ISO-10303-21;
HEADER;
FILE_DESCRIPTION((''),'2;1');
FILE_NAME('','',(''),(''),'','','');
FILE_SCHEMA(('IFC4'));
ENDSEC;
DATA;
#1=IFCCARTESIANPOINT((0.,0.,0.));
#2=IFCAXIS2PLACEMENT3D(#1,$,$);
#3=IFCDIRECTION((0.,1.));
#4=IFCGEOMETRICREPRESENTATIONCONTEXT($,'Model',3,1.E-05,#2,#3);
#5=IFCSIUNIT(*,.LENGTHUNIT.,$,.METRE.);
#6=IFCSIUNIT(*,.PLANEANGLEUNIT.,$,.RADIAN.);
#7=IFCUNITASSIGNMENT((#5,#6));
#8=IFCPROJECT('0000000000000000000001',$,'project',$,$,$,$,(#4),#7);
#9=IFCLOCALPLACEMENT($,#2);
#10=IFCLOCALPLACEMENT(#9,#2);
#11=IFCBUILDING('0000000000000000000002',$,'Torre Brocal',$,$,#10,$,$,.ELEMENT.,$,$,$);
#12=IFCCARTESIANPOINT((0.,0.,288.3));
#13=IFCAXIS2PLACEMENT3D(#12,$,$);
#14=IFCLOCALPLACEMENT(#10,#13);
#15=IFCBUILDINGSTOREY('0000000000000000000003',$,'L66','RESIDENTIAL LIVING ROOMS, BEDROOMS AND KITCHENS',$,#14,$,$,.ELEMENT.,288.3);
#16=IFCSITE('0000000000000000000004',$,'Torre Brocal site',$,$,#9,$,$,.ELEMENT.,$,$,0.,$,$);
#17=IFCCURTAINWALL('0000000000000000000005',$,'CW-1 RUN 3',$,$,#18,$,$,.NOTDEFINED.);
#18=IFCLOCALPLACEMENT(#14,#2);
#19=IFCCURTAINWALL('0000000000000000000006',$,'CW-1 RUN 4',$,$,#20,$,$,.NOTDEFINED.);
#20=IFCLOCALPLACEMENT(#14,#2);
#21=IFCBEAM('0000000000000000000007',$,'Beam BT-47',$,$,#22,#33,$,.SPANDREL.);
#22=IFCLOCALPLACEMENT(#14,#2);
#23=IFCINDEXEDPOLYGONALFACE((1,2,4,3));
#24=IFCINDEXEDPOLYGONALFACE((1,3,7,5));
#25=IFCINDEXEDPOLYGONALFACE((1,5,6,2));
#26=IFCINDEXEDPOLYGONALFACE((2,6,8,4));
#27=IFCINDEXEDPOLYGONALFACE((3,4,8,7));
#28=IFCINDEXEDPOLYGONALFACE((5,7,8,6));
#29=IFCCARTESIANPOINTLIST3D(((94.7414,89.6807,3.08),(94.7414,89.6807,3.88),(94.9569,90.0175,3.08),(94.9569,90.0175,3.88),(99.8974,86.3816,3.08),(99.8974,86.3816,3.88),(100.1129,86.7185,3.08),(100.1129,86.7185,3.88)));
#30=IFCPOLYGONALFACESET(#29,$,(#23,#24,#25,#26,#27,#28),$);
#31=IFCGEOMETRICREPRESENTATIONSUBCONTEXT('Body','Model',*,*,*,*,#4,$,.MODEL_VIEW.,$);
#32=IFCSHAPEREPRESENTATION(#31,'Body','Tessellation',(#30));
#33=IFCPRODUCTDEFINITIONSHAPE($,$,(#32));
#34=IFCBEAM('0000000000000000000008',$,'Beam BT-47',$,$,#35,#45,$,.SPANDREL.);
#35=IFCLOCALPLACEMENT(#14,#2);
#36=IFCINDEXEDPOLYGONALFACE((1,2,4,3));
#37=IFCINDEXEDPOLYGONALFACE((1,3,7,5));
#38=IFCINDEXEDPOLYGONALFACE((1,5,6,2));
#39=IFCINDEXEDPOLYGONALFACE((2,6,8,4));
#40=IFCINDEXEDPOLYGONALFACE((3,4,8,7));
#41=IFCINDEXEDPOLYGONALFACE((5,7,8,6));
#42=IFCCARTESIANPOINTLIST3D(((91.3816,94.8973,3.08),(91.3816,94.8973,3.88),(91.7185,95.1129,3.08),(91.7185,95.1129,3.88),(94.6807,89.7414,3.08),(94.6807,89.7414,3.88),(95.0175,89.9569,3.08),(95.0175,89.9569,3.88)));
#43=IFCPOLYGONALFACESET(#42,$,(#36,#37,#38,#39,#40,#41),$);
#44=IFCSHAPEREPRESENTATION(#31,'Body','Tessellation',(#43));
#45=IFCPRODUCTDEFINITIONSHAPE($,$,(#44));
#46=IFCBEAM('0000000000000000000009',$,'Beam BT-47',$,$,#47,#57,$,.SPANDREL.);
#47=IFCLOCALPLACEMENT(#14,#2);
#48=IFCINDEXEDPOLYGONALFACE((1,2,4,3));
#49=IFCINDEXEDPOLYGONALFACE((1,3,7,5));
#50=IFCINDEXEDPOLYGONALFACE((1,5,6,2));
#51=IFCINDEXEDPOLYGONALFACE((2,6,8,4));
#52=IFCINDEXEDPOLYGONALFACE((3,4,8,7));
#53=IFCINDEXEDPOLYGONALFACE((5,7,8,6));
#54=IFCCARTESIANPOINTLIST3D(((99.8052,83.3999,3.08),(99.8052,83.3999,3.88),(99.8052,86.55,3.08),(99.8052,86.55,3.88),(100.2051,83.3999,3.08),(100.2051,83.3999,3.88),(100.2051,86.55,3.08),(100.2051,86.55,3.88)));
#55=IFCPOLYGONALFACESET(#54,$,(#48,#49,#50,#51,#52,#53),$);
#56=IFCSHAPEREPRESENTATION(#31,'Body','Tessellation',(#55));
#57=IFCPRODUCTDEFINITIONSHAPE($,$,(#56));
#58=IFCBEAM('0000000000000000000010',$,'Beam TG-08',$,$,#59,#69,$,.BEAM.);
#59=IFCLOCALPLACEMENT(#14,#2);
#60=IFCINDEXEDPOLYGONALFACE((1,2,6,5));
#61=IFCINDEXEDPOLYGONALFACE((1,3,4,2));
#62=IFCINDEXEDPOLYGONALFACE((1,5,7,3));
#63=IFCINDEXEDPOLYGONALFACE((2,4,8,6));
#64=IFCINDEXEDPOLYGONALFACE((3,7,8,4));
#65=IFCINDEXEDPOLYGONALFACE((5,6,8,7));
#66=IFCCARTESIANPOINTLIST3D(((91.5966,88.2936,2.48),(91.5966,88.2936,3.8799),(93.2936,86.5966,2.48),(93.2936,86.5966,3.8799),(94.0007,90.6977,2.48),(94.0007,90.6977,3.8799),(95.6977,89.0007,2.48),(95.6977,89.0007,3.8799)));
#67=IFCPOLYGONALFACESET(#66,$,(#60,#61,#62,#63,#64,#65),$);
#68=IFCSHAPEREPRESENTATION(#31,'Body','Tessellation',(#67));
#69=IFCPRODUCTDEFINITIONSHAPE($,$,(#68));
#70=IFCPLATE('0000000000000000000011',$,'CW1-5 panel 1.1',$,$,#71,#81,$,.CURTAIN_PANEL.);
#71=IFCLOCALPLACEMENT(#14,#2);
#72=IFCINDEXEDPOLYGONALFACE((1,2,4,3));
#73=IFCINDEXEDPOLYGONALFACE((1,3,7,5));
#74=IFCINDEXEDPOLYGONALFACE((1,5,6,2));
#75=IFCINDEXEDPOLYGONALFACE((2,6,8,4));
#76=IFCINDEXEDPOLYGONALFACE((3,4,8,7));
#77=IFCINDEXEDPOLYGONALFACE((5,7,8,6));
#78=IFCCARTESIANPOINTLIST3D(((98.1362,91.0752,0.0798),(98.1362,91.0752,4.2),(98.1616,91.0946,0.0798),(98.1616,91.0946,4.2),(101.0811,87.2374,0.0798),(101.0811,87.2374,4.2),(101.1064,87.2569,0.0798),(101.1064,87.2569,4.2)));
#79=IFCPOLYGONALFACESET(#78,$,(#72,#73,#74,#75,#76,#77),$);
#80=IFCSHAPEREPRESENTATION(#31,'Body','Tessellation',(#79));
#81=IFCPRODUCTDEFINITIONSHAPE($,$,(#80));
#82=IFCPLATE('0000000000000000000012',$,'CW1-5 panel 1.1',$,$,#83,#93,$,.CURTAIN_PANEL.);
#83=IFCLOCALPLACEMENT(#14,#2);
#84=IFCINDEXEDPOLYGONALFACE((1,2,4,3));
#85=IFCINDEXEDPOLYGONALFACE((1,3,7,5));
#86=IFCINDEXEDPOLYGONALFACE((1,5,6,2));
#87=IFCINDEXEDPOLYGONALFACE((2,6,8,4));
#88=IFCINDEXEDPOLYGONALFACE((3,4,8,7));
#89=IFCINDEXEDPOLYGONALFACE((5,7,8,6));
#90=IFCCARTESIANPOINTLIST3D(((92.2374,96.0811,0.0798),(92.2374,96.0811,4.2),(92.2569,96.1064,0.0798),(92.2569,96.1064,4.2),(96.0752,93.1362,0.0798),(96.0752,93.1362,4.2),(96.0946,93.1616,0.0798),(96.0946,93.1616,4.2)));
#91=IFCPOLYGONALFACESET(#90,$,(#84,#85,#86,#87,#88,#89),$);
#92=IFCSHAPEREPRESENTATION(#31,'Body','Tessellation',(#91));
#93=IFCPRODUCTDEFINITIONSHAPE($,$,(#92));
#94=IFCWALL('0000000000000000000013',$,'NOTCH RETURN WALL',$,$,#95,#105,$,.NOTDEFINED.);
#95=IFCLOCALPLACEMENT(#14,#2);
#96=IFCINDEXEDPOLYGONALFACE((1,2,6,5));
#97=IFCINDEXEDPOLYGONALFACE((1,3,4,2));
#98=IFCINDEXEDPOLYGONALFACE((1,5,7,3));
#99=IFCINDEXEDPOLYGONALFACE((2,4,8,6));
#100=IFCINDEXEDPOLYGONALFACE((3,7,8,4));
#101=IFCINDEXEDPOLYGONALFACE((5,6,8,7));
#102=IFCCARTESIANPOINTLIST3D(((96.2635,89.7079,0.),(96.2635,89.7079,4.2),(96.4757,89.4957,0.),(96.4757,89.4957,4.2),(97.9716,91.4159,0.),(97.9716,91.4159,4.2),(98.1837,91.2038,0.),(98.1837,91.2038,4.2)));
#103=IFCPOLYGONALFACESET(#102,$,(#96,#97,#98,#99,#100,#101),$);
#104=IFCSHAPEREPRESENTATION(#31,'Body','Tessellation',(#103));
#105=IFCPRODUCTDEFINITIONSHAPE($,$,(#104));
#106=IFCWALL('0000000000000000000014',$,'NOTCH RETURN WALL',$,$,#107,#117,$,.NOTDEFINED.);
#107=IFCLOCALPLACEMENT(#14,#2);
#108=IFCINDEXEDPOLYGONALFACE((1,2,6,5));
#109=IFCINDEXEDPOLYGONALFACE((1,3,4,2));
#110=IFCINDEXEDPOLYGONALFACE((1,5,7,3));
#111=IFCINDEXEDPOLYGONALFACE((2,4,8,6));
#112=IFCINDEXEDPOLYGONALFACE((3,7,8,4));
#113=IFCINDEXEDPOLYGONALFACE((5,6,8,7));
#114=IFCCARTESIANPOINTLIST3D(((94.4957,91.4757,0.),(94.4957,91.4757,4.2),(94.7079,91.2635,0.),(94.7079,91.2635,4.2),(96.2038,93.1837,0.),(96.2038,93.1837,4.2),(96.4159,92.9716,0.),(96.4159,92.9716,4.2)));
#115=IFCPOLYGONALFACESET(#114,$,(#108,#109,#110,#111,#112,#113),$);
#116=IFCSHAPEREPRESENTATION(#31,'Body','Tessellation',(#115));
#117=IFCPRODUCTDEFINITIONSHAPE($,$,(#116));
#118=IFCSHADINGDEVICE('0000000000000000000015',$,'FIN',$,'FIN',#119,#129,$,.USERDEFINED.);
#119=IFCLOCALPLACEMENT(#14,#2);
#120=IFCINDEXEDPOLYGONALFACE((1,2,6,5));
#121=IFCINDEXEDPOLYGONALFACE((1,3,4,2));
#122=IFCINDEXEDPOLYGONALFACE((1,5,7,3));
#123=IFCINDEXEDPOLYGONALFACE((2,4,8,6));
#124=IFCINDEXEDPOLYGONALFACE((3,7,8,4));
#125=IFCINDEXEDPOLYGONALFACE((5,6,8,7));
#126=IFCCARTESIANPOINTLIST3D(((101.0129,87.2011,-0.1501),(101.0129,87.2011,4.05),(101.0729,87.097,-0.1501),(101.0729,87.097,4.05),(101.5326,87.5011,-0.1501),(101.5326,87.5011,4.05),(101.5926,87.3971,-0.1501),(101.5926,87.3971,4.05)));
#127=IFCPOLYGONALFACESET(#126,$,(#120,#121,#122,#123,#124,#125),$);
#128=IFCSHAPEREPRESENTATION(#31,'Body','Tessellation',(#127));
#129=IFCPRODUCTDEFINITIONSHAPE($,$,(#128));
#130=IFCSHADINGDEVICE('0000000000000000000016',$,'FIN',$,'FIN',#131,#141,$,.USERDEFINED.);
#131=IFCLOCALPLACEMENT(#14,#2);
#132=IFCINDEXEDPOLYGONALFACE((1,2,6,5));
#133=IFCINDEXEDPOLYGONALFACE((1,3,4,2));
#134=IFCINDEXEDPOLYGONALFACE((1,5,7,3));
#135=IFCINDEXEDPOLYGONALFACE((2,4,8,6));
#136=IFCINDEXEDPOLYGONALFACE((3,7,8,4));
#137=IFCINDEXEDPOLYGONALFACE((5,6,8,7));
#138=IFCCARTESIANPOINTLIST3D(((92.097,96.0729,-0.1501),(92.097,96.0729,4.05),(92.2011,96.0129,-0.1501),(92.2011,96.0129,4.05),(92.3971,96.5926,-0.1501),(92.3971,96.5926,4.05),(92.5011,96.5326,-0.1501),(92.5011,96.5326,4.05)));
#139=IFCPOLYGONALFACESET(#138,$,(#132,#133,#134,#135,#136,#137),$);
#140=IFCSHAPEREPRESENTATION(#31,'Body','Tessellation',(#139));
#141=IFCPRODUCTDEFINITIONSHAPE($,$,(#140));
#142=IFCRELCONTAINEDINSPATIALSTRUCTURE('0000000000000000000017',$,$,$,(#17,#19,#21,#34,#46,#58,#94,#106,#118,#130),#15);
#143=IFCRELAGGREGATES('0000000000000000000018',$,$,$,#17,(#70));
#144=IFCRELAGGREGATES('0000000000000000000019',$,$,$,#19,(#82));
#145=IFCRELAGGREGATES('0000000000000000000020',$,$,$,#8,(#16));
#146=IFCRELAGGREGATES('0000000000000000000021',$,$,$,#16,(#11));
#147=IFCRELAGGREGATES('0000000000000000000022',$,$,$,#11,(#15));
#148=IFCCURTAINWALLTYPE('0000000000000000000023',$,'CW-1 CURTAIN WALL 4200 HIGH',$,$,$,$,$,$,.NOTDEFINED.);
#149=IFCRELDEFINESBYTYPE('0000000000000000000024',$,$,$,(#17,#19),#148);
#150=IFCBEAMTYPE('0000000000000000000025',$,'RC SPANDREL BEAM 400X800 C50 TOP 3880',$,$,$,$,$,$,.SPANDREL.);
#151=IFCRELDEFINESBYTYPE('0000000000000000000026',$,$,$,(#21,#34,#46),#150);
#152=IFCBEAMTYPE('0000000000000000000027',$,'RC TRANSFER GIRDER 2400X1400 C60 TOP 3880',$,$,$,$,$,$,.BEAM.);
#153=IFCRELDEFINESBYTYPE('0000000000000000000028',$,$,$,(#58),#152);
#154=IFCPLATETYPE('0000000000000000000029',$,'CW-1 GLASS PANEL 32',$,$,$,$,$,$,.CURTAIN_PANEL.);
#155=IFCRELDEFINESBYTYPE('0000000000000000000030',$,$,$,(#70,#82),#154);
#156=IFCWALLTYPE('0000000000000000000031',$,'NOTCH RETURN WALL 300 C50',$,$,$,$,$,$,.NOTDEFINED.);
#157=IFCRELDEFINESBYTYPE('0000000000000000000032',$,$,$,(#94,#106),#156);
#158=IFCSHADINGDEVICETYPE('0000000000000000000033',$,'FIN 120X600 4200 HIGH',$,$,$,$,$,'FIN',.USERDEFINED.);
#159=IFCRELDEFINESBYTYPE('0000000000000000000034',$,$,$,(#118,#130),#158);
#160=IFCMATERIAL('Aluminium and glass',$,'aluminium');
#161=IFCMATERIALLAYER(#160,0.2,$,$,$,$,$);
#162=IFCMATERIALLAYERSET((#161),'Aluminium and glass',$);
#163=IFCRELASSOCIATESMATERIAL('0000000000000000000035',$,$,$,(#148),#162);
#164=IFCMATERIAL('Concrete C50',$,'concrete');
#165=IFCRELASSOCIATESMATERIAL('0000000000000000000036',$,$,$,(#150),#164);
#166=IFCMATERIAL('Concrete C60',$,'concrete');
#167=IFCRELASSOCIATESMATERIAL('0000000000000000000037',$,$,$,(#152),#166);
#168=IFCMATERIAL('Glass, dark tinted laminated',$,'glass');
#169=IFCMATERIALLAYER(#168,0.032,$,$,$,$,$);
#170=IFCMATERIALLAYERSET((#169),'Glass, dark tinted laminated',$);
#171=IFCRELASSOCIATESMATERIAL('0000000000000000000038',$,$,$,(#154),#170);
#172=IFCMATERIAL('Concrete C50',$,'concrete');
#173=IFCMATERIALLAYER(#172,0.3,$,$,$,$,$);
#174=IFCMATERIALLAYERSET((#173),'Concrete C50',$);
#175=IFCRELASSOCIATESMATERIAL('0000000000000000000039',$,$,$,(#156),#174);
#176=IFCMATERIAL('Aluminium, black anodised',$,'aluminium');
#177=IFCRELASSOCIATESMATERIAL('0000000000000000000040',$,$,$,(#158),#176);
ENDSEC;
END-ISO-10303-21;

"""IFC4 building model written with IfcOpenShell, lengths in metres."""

from ifc_helpers import new_model, si_unit, direction, frame, frame_2d, origin, origin_2d, place, context, subcontext, project, spatial, rectangle, extrude, material, layer, layer_set, material_profile, profile_set, type_object, element, aggregate, save


model = new_model("IFC4")

# Units and contexts
model_context = context("Model", 3, precision=1e-05, world=origin(), true_north=direction((0.0, 1.0)))
body_context = subcontext(model_context, "Body", "Model", "MODEL_VIEW")
ifc_project = project(units=[si_unit("LENGTHUNIT", "METRE"), si_unit("PLANEANGLEUNIT", "RADIAN")], contexts=[model_context])

# Site, building, storey
site_placement = place(None, origin())
site = spatial("IfcSite", under=ifc_project, at=site_placement, Name="Torre Brocal site", CompositionType="ELEMENT", RefElevation=0.0)
building_placement = place(site_placement, origin())
building = spatial("IfcBuilding", under=site, at=building_placement, Name="Torre Brocal", CompositionType="ELEMENT")
storey_placement = place(building_placement, frame((0.0, 0.0, 288.3)))
storey = spatial("IfcBuildingStorey", under=building, at=storey_placement, Name="L66", Description="RESIDENTIAL LIVING ROOMS, BEDROOMS AND KITCHENS", CompositionType="ELEMENT", Elevation=288.3)

# Shared definitions
ifc_material_1 = material(Name="Aluminium and glass", Category="aluminium")
ifc_layer_1 = layer(ifc_material_1, 0.2)
ifc_layer_set_1 = layer_set([ifc_layer_1], Name="Aluminium and glass")
curtain_wall_type = type_object("IfcCurtainWallType", Name="CW-1 CURTAIN WALL 4200 HIGH", PredefinedType="NOTDEFINED", material=ifc_layer_set_1)

# Curtain walls
curtain_wall_1_placement = place(storey_placement, origin())
curtain_wall_1 = element("IfcCurtainWall", 1, at=curtain_wall_1_placement, inside=storey, type_object=curtain_wall_type, Name="CW-1 RUN 3", PredefinedType="NOTDEFINED")
curtain_wall_2_placement = place(storey_placement, origin())
curtain_wall_2 = element("IfcCurtainWall", 2, at=curtain_wall_2_placement, inside=storey, type_object=curtain_wall_type, Name="CW-1 RUN 4", PredefinedType="NOTDEFINED")

# Beams
ifc_material_2 = material(Name="Concrete C50", Category="concrete")
ifc_material_profile_1 = material_profile(ifc_material_2, rectangle(XDim=0.3999, YDim=0.8, at=origin_2d()), Name="RC 400X800")
ifc_profile_set_1 = profile_set([ifc_material_profile_1], Name="Concrete C50")
beam_type_1 = type_object("IfcBeamType", Name="RC SPANDREL BEAM 400X800 C50 TOP 3880", PredefinedType="SPANDREL", material=ifc_profile_set_1)
for number, where, z_axis, x_axis, name in (
    (3, (100.0051, 86.55, 3.48), (-0.842329, 0.538964, 0.0), (-0.538964, -0.842329, 0.0), "Beam BT-47"),
    (4, (94.8491, 89.8491, 3.48), (-0.538964, 0.842329, 0.0), (-0.842329, -0.538964, 0.0), "Beam BT-47"),
):
    element("IfcBeam", number, at=place(storey_placement, frame(where, z_axis=z_axis, x_axis=x_axis)), inside=storey, type_object=beam_type_1, Name=name, PredefinedType="SPANDREL", context=body_context, shape_type="SweptSolid", body=[
        extrude(rectangle(XDim=0.3999, YDim=0.8, at=origin_2d()), origin(), (0.0, 0.0, 1.0), 6.1211),
    ])
beam_1_placement = place(storey_placement, frame((100.0051, 86.55, 3.48), z_axis=(0.0, -1.0, 0.0), x_axis=(1.0, 0.0, 0.0)))
element("IfcBeam", 5, at=beam_1_placement, inside=storey, type_object=beam_type_1, Name="Beam BT-47", PredefinedType="SPANDREL", context=body_context, shape_type="SweptSolid", body=[
    extrude(rectangle(XDim=0.3999, YDim=0.8, at=origin_2d()), origin(), (0.0, 0.0, 1.0), 3.1501),
])
ifc_material_3 = material(Name="Concrete C60", Category="concrete")
ifc_material_profile_2 = material_profile(ifc_material_3, rectangle(XDim=2.3999, YDim=1.3999, at=origin_2d()), Name="RC 2400X1400")
ifc_profile_set_2 = profile_set([ifc_material_profile_2], Name="Concrete C60")
beam_type_2 = type_object("IfcBeamType", Name="RC TRANSFER GIRDER 2400X1400 C60 TOP 3880", PredefinedType="BEAM", material=ifc_profile_set_2)
beam_2_placement = place(storey_placement, frame((92.4451, 87.4451, 3.1799), z_axis=(0.707107, 0.707107, 0.0), x_axis=(-0.707107, 0.707107, 0.0)))
element("IfcBeam", 6, at=beam_2_placement, inside=storey, type_object=beam_type_2, Name="Beam TG-08", PredefinedType="BEAM", context=body_context, shape_type="SweptSolid", body=[
    extrude(rectangle(XDim=2.3999, YDim=1.3999, at=origin_2d()), origin(), (0.0, 0.0, 1.0), 3.3999),
])

# Plates
ifc_material_4 = material(Name="Glass, dark tinted laminated", Category="glass")
ifc_layer_2 = layer(ifc_material_4, 0.032)
ifc_layer_set_2 = layer_set([ifc_layer_2], Name="Glass, dark tinted laminated")
plate_type = type_object("IfcPlateType", Name="CW-1 GLASS PANEL 32", PredefinedType="CURTAIN_PANEL", material=ifc_layer_set_2)
plate_1_placement = place(storey_placement, frame((99.6213, 89.166, 0.0798), z_axis=(0.0, 0.0, 1.0), x_axis=(-0.608761, 0.793353, 0.0)))
plate_1 = element("IfcPlate", 7, at=plate_1_placement, type_object=plate_type, Name="CW1-5 panel 1.1", PredefinedType="CURTAIN_PANEL", context=body_context, shape_type="SweptSolid", body=[
    extrude(rectangle(XDim=4.8374, YDim=0.032, at=origin_2d()), origin(), (0.0, 0.0, 1.0), 4.1201),
])
aggregate(curtain_wall_1, [plate_1])
plate_2_placement = place(storey_placement, frame((94.166, 94.6213, 0.0798), z_axis=(0.0, 0.0, 1.0), x_axis=(-0.793353, 0.608761, 0.0)))
plate_2 = element("IfcPlate", 8, at=plate_2_placement, type_object=plate_type, Name="CW1-5 panel 1.1", PredefinedType="CURTAIN_PANEL", context=body_context, shape_type="SweptSolid", body=[
    extrude(rectangle(XDim=4.8374, YDim=0.032, at=origin_2d()), origin(), (0.0, 0.0, 1.0), 4.1201),
])
aggregate(curtain_wall_2, [plate_2])

# Walls
ifc_material_5 = material(Name="Concrete C50", Category="concrete")
ifc_layer_3 = layer(ifc_material_5, 0.3)
ifc_layer_set_3 = layer_set([ifc_layer_3], Name="Concrete C50")
wall_type = type_object("IfcWallType", Name="NOTCH RETURN WALL 300 C50", PredefinedType="NOTDEFINED", material=ifc_layer_set_3)
for number, where, z_axis, x_axis, name in (
    (9, (96.3696, 89.6018, 0.0), (0.0, 0.0, 1.0), (0.707107, 0.707107, 0.0), "NOTCH RETURN WALL"),
    (10, (94.6018, 91.3696, 0.0), (0.0, 0.0, 1.0), (0.707107, 0.707107, 0.0), "NOTCH RETURN WALL"),
):
    element("IfcWall", number, at=place(storey_placement, frame(where, z_axis=z_axis, x_axis=x_axis)), inside=storey, type_object=wall_type, Name=name, PredefinedType="NOTDEFINED", context=body_context, shape_type="SweptSolid", body=[
        extrude(rectangle(XDim=2.4155, YDim=0.3, at=frame_2d((1.2078, 0.0))), origin(), (0.0, 0.0, 1.0), 4.2),
    ])

# Shading devices
ifc_material_6 = material(Name="Aluminium, black anodised", Category="aluminium")
ifc_material_profile_3 = material_profile(ifc_material_6, rectangle(XDim=0.1201, YDim=0.6001, at=origin_2d()), Name="FIN 120X600 4200 HIGH")
ifc_profile_set_3 = profile_set([ifc_material_profile_3], Name="Aluminium, black anodised")
shading_device_type = type_object("IfcShadingDeviceType", Name="FIN 120X600 4200 HIGH", ElementType="FIN", PredefinedType="USERDEFINED", material=ifc_profile_set_3)
for number, where, z_axis, x_axis, name in (
    (11, (101.3027, 87.2991, -0.1501), (0.0, 0.0, 1.0), (-0.5, 0.866025, 0.0), "FIN"),
    (12, (92.2991, 96.3027, -0.1501), (0.0, 0.0, 1.0), (-0.866025, 0.5, 0.0), "FIN"),
):
    element("IfcShadingDevice", number, at=place(storey_placement, frame(where, z_axis=z_axis, x_axis=x_axis)), inside=storey, type_object=shading_device_type, Name=name, ObjectType="FIN", PredefinedType="USERDEFINED", context=body_context, shape_type="SweptSolid", body=[
        extrude(rectangle(XDim=0.1201, YDim=0.6001, at=origin_2d()), origin(), (0.0, 0.0, 1.0), 4.2002),
    ])

save(model, "model.ifc")
